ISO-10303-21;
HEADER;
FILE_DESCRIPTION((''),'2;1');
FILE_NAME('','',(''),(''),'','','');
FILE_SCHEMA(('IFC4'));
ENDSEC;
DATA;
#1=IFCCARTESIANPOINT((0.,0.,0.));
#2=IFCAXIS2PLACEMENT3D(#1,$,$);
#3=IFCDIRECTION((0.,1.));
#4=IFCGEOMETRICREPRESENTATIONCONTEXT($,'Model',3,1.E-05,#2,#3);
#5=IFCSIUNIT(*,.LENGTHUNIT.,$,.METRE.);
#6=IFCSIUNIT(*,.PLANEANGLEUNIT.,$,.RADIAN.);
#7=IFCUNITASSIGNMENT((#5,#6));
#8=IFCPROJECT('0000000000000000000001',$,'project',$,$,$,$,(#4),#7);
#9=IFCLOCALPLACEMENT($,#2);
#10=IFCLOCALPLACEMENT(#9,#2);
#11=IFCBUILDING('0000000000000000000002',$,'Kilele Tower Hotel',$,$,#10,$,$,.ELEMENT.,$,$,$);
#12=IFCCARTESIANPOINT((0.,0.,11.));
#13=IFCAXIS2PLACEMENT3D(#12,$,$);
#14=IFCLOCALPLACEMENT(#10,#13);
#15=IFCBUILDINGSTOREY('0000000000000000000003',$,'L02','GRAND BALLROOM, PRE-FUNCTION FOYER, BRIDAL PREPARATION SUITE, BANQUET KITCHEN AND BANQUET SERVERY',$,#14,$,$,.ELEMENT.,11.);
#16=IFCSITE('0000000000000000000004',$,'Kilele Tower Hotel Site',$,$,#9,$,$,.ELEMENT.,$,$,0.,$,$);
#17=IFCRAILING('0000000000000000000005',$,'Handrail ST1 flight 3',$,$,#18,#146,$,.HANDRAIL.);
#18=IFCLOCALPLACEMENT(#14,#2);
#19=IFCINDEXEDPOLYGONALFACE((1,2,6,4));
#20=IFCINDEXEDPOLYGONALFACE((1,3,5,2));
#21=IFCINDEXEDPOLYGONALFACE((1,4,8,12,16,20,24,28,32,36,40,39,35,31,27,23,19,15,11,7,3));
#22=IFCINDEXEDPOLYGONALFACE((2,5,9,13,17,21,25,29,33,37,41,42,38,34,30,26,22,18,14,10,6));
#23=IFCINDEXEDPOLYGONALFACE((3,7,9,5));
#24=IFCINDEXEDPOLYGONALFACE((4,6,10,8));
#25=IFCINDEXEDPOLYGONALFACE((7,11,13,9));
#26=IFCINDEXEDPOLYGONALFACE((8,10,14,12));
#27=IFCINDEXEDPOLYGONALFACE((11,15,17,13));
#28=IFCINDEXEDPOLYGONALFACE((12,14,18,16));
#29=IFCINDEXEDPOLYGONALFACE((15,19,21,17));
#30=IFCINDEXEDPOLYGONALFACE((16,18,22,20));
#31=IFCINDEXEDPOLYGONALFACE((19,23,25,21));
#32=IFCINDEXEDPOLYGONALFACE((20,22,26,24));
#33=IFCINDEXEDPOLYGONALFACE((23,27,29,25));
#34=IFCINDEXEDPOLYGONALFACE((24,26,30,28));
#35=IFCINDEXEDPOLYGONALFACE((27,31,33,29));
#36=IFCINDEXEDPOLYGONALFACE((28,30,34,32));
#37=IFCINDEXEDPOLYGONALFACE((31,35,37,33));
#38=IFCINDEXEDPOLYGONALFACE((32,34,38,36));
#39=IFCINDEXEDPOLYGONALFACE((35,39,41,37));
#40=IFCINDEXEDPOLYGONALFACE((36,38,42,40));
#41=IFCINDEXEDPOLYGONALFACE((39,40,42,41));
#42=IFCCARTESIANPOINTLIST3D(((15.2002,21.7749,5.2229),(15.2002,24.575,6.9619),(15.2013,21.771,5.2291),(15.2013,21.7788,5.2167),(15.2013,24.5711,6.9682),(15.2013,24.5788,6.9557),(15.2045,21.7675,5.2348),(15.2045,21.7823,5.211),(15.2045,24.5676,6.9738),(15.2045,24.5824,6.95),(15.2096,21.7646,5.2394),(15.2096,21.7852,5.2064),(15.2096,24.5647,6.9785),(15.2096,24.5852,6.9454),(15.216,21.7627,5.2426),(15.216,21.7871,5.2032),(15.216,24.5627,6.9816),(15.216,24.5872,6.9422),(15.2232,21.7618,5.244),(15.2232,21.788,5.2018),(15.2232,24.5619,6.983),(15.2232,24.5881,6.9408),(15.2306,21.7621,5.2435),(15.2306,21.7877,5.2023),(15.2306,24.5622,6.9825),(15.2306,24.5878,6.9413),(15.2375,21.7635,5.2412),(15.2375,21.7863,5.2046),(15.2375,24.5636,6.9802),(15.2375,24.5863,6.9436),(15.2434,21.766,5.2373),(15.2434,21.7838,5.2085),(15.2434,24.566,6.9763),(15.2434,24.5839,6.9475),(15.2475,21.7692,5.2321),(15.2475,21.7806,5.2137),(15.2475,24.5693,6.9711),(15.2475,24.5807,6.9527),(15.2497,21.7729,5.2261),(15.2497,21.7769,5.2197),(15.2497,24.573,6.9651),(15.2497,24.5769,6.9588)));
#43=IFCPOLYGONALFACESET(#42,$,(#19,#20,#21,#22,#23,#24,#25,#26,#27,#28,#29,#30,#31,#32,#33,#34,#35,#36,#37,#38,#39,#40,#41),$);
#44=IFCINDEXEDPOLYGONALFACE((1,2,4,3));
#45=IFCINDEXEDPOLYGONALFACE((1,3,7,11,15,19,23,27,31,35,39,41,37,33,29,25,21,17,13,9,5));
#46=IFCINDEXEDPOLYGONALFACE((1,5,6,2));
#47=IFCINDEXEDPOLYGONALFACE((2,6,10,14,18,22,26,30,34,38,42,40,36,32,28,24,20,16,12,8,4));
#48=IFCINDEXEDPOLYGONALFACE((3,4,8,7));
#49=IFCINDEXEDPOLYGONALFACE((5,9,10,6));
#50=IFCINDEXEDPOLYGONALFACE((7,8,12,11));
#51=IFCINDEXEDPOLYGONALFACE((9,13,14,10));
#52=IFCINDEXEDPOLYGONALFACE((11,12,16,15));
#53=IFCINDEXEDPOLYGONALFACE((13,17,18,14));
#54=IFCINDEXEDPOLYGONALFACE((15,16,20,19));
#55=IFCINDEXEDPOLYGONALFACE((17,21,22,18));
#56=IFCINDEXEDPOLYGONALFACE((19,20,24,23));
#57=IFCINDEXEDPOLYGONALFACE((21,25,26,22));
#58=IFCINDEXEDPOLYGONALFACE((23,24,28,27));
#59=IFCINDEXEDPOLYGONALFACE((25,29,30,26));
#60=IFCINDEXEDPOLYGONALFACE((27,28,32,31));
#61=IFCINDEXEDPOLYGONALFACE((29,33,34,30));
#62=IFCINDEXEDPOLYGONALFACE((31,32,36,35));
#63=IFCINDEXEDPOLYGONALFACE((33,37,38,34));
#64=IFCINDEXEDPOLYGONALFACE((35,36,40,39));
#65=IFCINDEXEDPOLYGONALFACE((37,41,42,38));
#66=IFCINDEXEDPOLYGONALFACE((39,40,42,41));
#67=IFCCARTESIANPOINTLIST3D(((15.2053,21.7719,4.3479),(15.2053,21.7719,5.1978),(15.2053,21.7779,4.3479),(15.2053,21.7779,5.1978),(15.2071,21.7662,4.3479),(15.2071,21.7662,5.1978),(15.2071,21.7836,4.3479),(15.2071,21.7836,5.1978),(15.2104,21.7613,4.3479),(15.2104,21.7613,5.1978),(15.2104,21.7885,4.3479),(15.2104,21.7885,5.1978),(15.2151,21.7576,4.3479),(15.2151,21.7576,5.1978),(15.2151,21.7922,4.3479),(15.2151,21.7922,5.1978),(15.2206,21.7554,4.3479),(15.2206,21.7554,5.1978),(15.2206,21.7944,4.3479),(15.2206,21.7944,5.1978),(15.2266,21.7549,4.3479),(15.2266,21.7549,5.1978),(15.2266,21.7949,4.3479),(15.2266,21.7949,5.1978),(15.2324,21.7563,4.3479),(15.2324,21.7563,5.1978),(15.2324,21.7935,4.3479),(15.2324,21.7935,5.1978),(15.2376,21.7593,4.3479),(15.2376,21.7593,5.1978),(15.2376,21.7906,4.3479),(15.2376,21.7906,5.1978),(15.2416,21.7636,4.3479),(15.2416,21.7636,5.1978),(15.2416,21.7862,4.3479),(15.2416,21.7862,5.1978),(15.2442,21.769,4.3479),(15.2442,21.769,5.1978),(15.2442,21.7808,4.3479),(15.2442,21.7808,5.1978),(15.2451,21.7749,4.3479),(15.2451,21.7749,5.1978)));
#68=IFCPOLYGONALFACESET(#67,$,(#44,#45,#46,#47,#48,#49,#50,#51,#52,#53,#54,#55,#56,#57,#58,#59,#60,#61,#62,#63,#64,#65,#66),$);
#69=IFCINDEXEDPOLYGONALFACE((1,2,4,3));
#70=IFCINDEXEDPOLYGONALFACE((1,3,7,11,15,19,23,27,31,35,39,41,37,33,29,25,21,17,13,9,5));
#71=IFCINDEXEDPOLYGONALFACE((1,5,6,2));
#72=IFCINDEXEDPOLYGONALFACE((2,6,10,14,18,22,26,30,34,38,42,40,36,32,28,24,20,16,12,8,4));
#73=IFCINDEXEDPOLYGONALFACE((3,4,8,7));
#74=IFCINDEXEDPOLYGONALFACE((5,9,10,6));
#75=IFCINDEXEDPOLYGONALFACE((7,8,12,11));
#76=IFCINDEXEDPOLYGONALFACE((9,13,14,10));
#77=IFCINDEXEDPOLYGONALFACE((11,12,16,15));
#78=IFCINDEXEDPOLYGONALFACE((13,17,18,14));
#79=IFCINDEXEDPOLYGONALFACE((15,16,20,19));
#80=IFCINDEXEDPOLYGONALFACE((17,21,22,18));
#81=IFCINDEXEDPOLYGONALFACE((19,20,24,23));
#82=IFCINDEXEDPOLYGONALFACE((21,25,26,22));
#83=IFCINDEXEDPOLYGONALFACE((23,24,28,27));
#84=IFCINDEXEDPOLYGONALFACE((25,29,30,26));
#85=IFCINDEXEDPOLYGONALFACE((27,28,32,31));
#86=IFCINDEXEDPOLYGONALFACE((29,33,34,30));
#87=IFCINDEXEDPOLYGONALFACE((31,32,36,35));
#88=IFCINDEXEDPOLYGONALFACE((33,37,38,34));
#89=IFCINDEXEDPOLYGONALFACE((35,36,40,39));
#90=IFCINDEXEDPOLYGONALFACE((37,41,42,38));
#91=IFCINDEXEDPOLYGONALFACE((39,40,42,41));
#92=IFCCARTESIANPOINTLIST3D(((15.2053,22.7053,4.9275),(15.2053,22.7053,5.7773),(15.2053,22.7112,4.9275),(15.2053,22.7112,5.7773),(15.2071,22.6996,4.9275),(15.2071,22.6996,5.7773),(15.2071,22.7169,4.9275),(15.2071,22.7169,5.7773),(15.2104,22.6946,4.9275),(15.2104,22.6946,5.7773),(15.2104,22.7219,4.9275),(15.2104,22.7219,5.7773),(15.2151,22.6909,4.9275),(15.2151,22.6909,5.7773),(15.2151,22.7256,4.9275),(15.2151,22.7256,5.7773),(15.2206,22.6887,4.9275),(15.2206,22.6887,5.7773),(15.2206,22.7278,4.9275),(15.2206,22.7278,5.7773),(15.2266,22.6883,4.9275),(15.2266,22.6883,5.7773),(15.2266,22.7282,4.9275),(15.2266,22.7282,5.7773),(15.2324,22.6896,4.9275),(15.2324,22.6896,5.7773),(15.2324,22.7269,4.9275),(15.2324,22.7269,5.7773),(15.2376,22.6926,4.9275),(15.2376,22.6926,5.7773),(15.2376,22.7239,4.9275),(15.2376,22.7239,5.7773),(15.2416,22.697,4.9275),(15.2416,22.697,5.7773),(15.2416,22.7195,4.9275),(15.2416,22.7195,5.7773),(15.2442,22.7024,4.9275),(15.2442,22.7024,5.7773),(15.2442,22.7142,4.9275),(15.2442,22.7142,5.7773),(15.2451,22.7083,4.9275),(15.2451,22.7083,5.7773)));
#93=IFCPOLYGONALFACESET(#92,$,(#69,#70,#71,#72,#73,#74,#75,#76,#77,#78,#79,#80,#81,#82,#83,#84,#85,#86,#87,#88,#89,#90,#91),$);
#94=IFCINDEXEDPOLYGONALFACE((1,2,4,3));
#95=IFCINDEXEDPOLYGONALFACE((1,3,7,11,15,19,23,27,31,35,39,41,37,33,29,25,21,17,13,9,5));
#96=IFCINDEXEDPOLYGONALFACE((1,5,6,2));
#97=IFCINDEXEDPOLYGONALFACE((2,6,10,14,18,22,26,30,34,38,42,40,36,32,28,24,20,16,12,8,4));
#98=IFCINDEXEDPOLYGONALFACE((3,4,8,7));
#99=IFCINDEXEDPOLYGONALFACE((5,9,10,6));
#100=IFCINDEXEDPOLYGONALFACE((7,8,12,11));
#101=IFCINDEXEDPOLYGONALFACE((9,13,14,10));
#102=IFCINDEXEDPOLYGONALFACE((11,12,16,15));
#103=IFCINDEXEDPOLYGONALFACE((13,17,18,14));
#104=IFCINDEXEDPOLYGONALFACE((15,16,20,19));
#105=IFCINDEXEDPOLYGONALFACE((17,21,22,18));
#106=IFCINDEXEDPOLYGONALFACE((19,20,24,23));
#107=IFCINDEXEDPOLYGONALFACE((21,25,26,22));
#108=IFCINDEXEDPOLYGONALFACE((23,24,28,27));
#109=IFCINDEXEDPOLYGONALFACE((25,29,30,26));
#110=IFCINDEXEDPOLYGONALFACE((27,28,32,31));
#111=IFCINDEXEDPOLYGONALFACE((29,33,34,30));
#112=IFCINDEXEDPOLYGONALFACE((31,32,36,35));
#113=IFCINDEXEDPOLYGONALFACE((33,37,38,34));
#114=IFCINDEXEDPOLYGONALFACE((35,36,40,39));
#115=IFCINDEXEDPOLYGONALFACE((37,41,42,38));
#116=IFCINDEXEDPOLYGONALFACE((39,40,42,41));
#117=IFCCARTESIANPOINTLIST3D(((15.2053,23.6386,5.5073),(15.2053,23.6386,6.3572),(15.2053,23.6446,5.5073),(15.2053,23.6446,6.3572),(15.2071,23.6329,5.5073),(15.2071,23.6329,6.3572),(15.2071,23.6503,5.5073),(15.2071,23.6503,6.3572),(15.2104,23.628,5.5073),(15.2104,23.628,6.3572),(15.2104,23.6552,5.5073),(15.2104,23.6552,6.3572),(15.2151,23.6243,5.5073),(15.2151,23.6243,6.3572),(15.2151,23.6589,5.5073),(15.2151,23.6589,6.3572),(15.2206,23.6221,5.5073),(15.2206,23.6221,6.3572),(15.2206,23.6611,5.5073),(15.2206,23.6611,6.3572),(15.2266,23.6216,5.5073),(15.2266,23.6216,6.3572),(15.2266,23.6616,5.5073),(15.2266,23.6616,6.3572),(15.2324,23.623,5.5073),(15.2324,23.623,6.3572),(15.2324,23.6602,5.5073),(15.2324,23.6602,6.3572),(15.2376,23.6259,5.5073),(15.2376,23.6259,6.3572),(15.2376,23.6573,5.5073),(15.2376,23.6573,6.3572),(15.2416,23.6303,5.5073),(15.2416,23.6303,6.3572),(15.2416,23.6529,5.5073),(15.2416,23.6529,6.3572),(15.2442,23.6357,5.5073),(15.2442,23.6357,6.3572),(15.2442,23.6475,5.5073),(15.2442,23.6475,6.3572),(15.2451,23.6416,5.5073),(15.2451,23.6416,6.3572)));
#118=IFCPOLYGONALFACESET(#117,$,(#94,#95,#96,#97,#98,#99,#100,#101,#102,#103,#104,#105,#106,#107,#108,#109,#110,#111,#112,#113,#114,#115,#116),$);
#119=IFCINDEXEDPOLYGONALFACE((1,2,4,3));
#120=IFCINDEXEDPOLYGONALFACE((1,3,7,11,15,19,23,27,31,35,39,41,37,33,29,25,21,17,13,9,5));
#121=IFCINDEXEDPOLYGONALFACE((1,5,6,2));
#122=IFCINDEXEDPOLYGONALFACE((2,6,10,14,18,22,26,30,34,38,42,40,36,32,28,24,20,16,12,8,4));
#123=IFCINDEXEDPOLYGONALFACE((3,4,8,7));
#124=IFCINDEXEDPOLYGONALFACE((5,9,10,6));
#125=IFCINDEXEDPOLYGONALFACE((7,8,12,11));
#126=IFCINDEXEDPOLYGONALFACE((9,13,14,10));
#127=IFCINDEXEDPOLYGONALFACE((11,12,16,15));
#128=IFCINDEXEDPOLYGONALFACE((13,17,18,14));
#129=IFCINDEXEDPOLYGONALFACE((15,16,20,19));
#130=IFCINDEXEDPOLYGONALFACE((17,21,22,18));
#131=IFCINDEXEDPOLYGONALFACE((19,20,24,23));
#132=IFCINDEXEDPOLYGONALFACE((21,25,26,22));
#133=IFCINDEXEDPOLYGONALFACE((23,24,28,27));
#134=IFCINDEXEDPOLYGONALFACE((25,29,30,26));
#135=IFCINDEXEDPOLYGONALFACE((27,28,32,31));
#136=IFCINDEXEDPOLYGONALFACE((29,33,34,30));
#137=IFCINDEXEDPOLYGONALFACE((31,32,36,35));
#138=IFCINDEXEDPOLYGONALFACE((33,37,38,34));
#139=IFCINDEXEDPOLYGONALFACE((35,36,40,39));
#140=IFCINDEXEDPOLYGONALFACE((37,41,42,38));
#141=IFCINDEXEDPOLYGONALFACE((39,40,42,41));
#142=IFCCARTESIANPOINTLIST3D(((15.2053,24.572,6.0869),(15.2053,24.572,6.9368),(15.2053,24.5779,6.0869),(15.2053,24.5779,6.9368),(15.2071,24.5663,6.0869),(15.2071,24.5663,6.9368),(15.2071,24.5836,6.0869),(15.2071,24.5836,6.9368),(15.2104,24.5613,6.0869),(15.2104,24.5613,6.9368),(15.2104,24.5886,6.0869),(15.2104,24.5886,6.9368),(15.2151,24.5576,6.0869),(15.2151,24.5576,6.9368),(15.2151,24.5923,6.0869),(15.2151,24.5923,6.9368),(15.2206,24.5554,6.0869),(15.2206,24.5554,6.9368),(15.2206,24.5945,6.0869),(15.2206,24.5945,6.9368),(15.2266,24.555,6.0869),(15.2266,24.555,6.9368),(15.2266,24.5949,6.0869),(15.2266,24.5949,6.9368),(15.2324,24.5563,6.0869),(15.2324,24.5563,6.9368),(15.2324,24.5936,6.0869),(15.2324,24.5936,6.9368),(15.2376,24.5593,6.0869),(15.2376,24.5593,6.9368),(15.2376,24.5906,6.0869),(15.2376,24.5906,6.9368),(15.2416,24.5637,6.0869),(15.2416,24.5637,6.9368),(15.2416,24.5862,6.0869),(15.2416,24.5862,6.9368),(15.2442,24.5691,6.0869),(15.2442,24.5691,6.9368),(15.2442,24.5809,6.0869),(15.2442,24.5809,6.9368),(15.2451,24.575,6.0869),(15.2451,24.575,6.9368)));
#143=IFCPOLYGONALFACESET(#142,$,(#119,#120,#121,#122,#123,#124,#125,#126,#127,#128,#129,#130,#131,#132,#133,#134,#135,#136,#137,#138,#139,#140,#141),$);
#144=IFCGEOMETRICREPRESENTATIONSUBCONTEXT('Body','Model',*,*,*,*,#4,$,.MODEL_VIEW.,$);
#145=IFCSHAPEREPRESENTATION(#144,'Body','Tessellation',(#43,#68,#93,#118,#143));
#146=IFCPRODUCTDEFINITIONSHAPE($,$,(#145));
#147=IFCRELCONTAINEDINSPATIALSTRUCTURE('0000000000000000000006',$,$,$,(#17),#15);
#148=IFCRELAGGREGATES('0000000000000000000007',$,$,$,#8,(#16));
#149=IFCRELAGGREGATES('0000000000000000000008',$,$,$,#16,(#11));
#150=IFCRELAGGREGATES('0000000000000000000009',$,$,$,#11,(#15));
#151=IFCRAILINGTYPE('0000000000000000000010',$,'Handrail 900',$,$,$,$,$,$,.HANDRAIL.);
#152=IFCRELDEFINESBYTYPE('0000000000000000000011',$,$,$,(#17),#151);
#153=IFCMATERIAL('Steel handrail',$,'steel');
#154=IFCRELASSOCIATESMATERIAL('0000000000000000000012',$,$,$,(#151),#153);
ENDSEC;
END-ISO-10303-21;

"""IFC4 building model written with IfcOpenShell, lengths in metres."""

from ifc_helpers import new_model, si_unit, direction, frame, origin, origin_2d, place, context, subcontext, project, spatial, circle, extrude, material, type_object, element, save


model = new_model("IFC4")

# Units and contexts
model_context = context("Model", 3, precision=1e-05, world=origin(), true_north=direction((0.0, 1.0)))
body_context = subcontext(model_context, "Body", "Model", "MODEL_VIEW")
ifc_project = project(units=[si_unit("LENGTHUNIT", "METRE"), si_unit("PLANEANGLEUNIT", "RADIAN")], contexts=[model_context])

# Site, building, storey
site_placement = place(None, origin())
site = spatial("IfcSite", under=ifc_project, at=site_placement, Name="Kilele Tower Hotel Site", CompositionType="ELEMENT", RefElevation=0.0)
building_placement = place(site_placement, origin())
building = spatial("IfcBuilding", under=site, at=building_placement, Name="Kilele Tower Hotel", CompositionType="ELEMENT")
storey_placement = place(building_placement, frame((0.0, 0.0, 11.0)))
storey = spatial("IfcBuildingStorey", under=building, at=storey_placement, Name="L02", Description="GRAND BALLROOM, PRE-FUNCTION FOYER, BRIDAL PREPARATION SUITE, BANQUET KITCHEN AND BANQUET SERVERY", CompositionType="ELEMENT", Elevation=11.0)

# Railing
ifc_material_1 = material(Name="Steel handrail", Category="steel")
railing_type_1 = type_object("IfcRailingType", Name="Handrail 900", PredefinedType="HANDRAIL", material=ifc_material_1)
railing_1_placement = place(storey_placement, frame((15.2251, 21.7749, 4.3479)))
element("IfcRailing", 1, at=railing_1_placement, inside=storey, type_object=railing_type_1, Name="Handrail ST1 flight 3", PredefinedType="HANDRAIL", context=body_context, shape_type="SweptSolid", body=[
    extrude(circle(Radius=0.0249, at=origin_2d()), frame((0.0, 0.0, 0.875), z_axis=(0.0, 0.849497, 0.527593), x_axis=(-1.0, 0.0, 0.0)), (0.0, 0.0, 1.0), 3.2961),
    extrude(circle(Radius=0.02, at=origin_2d()), origin(), (0.0, 0.0, 1.0), 0.8499),
    extrude(circle(Radius=0.02, at=origin_2d()), frame((0.0, 0.9333, 0.5796)), (0.0, 0.0, 1.0), 0.8499),
    extrude(circle(Radius=0.02, at=origin_2d()), frame((0.0, 1.8667, 1.1594)), (0.0, 0.0, 1.0), 0.8499),
    extrude(circle(Radius=0.02, at=origin_2d()), frame((0.0, 2.8, 1.739)), (0.0, 0.0, 1.0), 0.8499),
])

save(model, "model.ifc")
